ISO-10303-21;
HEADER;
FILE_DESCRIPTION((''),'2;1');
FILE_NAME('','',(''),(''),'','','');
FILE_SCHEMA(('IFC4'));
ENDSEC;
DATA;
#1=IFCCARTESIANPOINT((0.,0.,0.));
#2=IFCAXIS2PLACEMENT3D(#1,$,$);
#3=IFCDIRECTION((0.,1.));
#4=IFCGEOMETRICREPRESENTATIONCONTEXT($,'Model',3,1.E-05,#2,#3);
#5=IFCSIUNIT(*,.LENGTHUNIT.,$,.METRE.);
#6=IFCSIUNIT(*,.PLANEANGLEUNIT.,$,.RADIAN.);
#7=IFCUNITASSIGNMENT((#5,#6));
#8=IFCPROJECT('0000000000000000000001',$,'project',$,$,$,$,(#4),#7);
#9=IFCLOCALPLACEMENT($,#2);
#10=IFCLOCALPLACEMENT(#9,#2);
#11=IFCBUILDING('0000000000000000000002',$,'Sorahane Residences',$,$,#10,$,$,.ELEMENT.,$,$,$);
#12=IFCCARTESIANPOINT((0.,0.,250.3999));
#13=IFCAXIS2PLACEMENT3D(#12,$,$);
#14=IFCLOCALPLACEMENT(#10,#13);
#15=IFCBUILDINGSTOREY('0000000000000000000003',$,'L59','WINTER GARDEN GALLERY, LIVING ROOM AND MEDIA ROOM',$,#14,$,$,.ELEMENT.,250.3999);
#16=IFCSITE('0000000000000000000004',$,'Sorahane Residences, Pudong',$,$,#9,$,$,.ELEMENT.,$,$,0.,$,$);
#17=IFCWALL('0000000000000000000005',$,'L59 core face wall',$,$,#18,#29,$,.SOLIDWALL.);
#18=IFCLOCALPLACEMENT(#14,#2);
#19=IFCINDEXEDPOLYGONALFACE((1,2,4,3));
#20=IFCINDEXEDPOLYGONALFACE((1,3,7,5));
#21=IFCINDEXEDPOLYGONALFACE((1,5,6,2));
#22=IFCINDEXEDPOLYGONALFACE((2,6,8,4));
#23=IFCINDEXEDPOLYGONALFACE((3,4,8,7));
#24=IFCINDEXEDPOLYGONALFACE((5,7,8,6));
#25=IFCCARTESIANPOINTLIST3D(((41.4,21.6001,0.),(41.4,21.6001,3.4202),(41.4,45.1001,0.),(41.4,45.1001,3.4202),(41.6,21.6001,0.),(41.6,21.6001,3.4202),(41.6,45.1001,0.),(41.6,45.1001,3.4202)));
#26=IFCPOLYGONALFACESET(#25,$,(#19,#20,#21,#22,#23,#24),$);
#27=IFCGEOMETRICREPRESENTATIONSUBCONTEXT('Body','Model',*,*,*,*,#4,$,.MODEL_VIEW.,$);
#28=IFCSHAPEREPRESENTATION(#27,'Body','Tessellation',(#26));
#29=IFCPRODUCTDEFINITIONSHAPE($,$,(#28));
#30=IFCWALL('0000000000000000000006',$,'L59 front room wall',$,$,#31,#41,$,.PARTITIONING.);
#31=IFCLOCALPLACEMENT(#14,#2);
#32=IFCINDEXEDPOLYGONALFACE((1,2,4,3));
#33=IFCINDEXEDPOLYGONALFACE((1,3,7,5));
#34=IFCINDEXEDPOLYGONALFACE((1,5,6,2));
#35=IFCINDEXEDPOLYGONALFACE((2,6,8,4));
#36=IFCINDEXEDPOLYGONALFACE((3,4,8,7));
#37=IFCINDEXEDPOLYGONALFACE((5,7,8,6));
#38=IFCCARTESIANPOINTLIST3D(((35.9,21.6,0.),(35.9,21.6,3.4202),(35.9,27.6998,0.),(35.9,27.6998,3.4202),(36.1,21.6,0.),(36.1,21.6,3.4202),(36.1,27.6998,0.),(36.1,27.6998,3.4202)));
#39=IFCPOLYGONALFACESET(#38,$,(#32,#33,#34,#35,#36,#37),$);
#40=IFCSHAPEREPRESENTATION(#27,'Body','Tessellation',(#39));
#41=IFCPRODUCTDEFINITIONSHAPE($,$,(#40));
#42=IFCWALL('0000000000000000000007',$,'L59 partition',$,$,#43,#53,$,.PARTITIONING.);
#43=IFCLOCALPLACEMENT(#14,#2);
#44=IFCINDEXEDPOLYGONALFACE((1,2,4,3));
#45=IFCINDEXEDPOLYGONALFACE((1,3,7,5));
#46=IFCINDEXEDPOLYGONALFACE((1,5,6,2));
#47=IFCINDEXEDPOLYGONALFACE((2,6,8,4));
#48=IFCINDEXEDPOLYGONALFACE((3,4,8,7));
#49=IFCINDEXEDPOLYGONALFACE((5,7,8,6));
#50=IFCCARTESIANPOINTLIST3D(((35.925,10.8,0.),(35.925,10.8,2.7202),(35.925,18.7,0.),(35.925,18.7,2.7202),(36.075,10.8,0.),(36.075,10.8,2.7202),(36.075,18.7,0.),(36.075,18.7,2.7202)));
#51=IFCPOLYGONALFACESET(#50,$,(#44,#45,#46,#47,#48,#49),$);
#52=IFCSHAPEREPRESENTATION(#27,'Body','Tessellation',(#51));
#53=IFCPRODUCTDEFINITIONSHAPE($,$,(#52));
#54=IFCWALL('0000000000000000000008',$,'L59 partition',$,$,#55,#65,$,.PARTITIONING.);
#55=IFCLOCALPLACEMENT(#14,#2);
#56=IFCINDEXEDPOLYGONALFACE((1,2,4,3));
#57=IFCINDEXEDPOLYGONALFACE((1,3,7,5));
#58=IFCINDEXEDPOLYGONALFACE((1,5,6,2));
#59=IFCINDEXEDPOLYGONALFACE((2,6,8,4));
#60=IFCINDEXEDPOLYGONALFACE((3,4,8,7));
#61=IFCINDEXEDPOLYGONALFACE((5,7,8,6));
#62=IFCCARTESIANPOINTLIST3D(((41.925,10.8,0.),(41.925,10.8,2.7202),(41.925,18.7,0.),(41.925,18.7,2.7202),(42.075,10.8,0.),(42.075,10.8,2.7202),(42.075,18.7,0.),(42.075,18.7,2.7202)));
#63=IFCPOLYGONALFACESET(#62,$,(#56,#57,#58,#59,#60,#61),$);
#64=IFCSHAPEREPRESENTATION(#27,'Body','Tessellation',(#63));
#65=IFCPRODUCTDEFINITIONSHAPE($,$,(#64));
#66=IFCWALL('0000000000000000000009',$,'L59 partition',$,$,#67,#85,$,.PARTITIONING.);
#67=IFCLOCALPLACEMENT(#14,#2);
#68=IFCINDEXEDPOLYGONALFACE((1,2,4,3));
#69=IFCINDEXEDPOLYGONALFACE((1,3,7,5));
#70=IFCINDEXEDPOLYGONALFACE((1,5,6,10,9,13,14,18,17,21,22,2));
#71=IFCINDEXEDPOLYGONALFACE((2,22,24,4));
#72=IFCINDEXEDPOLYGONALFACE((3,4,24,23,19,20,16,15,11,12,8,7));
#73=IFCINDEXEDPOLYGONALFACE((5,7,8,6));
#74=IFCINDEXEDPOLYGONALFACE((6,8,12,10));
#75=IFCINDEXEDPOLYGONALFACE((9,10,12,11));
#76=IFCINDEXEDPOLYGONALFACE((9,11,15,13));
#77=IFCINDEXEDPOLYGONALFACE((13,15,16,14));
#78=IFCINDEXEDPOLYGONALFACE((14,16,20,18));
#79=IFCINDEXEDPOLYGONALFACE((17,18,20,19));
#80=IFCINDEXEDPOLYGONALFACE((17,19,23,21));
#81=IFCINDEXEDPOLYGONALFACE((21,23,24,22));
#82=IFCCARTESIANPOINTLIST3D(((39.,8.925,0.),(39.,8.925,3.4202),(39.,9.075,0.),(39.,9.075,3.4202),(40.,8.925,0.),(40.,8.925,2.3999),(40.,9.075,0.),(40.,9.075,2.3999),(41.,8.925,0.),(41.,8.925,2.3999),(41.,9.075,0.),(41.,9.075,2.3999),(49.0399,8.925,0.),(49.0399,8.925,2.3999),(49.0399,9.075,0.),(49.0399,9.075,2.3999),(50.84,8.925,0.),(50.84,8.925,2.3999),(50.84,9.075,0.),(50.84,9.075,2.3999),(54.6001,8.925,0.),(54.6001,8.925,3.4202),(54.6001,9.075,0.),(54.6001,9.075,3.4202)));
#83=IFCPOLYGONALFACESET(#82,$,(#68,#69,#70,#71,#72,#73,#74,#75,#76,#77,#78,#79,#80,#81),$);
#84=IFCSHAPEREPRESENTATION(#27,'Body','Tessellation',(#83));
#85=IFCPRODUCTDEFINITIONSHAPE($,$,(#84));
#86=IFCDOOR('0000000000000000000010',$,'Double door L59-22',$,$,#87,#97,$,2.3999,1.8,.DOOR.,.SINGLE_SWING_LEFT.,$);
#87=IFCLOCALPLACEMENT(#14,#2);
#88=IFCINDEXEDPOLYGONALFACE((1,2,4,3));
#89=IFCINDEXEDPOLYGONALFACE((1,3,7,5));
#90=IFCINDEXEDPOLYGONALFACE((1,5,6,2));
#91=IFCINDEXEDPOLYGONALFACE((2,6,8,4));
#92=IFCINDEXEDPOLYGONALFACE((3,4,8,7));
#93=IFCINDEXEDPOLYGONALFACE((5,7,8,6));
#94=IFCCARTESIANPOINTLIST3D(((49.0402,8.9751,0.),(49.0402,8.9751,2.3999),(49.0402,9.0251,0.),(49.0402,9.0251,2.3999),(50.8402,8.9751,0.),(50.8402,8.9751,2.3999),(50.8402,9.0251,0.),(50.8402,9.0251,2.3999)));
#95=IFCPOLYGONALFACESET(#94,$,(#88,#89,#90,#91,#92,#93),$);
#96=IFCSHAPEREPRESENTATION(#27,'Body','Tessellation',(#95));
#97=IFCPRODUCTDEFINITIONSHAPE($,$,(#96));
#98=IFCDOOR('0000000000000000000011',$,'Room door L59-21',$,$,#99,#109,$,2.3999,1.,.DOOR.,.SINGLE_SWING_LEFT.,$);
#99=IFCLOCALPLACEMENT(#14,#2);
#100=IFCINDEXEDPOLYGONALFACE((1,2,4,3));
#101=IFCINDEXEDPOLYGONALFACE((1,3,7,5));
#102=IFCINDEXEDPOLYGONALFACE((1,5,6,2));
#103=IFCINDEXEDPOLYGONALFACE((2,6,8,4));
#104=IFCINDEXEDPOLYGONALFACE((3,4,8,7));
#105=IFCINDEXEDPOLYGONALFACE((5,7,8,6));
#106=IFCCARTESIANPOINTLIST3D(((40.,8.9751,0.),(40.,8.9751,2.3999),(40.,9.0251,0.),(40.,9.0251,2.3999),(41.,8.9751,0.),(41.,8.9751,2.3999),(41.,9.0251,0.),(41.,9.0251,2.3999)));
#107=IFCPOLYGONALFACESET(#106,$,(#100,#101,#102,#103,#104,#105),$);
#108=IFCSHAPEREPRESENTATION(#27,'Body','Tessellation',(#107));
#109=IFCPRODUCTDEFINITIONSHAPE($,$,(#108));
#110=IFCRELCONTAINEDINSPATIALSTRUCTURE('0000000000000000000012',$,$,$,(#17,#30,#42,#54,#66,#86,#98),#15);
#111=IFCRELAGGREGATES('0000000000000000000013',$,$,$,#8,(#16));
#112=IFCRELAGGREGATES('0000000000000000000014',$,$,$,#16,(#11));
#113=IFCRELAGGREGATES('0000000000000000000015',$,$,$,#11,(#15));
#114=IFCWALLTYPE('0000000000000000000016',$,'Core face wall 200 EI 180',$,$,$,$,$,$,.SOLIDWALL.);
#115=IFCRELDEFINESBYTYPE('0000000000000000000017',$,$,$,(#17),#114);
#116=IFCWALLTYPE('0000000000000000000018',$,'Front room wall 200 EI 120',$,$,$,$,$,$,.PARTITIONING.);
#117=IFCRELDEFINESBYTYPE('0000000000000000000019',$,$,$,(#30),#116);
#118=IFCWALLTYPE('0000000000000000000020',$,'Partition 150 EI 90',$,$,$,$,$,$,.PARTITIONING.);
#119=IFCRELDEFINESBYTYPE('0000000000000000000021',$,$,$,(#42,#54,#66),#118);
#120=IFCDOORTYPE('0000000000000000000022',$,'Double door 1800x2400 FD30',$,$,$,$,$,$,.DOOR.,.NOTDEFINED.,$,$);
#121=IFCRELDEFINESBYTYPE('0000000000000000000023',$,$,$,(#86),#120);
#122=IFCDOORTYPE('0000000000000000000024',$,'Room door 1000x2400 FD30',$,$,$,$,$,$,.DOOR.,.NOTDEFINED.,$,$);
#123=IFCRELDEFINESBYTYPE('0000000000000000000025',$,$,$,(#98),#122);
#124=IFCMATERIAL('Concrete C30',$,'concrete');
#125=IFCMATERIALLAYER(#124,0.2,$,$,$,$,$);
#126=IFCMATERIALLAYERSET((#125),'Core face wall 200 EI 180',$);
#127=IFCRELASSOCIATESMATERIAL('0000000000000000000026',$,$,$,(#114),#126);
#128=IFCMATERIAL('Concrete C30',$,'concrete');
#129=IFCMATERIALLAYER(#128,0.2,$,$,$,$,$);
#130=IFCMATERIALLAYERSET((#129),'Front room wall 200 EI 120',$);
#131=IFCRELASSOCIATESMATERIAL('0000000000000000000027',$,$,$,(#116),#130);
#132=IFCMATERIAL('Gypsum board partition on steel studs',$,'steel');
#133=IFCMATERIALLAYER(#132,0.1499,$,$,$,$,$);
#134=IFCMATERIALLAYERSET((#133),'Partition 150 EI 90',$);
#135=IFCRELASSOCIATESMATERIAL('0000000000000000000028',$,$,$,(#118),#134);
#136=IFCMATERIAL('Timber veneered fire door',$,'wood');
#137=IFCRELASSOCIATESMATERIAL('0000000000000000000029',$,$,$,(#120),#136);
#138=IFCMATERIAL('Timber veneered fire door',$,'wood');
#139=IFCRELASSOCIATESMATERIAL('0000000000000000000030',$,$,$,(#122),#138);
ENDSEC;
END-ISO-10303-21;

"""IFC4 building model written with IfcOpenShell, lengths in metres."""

from ifc_helpers import new_model, si_unit, direction, frame, frame_2d, origin, place, context, subcontext, project, spatial, rectangle, extrude, material, layer, layer_set, type_object, element, fill, save


model = new_model("IFC4")

# Units and contexts
model_context = context("Model", 3, precision=1e-05, world=origin(), true_north=direction((0.0, 1.0)))
body_context = subcontext(model_context, "Body", "Model", "MODEL_VIEW")
ifc_project = project(units=[si_unit("LENGTHUNIT", "METRE"), si_unit("PLANEANGLEUNIT", "RADIAN")], contexts=[model_context])

# Site, building, storey
site_placement = place(None, origin())
site = spatial("IfcSite", under=ifc_project, at=site_placement, Name="Sorahane Residences, Pudong", CompositionType="ELEMENT", RefElevation=0.0)
building_placement = place(site_placement, origin())
building = spatial("IfcBuilding", under=site, at=building_placement, Name="Sorahane Residences", CompositionType="ELEMENT")
storey_placement = place(building_placement, frame((0.0, 0.0, 250.3999)))
storey = spatial("IfcBuildingStorey", under=building, at=storey_placement, Name="L59", Description="WINTER GARDEN GALLERY, LIVING ROOM AND MEDIA ROOM", CompositionType="ELEMENT", Elevation=250.3999)

# Walls
ifc_material_1 = material(Name="Concrete C30", Category="concrete")
ifc_layer_1 = layer(ifc_material_1, 0.2)
ifc_layer_set_1 = layer_set([ifc_layer_1], Name="Core face wall 200 EI 180")
wall_type_1 = type_object("IfcWallType", Name="Core face wall 200 EI 180", PredefinedType="SOLIDWALL", material=ifc_layer_set_1)
wall_1_placement = place(storey_placement, frame((41.5, 21.6001, 0.0), z_axis=(0.0, 0.0, 1.0), x_axis=(0.0, 1.0, 0.0)))
element("IfcWall", 1, at=wall_1_placement, inside=storey, type_object=wall_type_1, Name="L59 core face wall", PredefinedType="SOLIDWALL", context=body_context, shape_type="SweptSolid", body=[
    extrude(rectangle(XDim=23.5, YDim=0.2, at=frame_2d((11.75, 0.0))), origin(), (0.0, 0.0, 1.0), 3.4202),
])
ifc_material_2 = material(Name="Concrete C30", Category="concrete")
ifc_layer_2 = layer(ifc_material_2, 0.2)
ifc_layer_set_2 = layer_set([ifc_layer_2], Name="Front room wall 200 EI 120")
wall_type_2 = type_object("IfcWallType", Name="Front room wall 200 EI 120", PredefinedType="PARTITIONING", material=ifc_layer_set_2)
wall_2_placement = place(storey_placement, frame((36.0, 21.6001, 0.0), z_axis=(0.0, 0.0, 1.0), x_axis=(0.0, 1.0, 0.0)))
element("IfcWall", 2, at=wall_2_placement, inside=storey, type_object=wall_type_2, Name="L59 front room wall", PredefinedType="PARTITIONING", context=body_context, shape_type="SweptSolid", body=[
    extrude(rectangle(XDim=6.0999, YDim=0.2, at=frame_2d((3.0498, 0.0))), origin(), (0.0, 0.0, 1.0), 3.4202),
])
ifc_material_3 = material(Name="Gypsum board partition on steel studs", Category="steel")
ifc_layer_3 = layer(ifc_material_3, 0.1499)
ifc_layer_set_3 = layer_set([ifc_layer_3], Name="Partition 150 EI 90")
wall_type_3 = type_object("IfcWallType", Name="Partition 150 EI 90", PredefinedType="PARTITIONING", material=ifc_layer_set_3)
for number, where, z_axis, x_axis, name in (
    (3, (36.0, 10.8, 0.0), (0.0, 0.0, 1.0), (0.0, 1.0, 0.0), "L59 partition"),
    (4, (42.0, 10.8, 0.0), (0.0, 0.0, 1.0), (0.0, 1.0, 0.0), "L59 partition"),
):
    element("IfcWall", number, at=place(storey_placement, frame(where, z_axis=z_axis, x_axis=x_axis)), inside=storey, type_object=wall_type_3, Name=name, PredefinedType="PARTITIONING", context=body_context, shape_type="SweptSolid", body=[
        extrude(rectangle(XDim=7.8999, YDim=0.1499, at=frame_2d((3.95, 0.0))), origin(), (0.0, 0.0, 1.0), 2.7202),
    ])

# Wall, openings, doors
wall_3_placement = place(storey_placement, frame((39.0, 9.0, 0.0), z_axis=(0.0, 0.0, 1.0), x_axis=(1.0, 0.0, 0.0)))
wall_3 = element("IfcWall", 5, at=wall_3_placement, inside=storey, type_object=wall_type_3, Name="L59 partition", PredefinedType="PARTITIONING", context=body_context, shape_type="SweptSolid", body=[
    extrude(rectangle(XDim=15.6001, YDim=0.1499, at=frame_2d((7.8, 0.0))), origin(), (0.0, 0.0, 1.0), 3.4202),
])
opening_1_placement = place(wall_3_placement, frame((1.0, 0.0, 0.0)))
opening_1 = element("IfcOpeningElement", 6, at=opening_1_placement, cuts=wall_3, PredefinedType="OPENING", context=body_context, shape_type="SweptSolid", body=[
    extrude(rectangle(XDim=1.0, YDim=2.3999, at=frame_2d((0.5, 1.2))), frame((0.0, 0.085, 0.0), z_axis=(0.0, -1.0, 0.0), x_axis=(1.0, 0.0, 0.0)), (0.0, 0.0, 1.0), 0.1699),
])
opening_2_placement = place(wall_3_placement, frame((10.04, 0.0, 0.0)))
opening_2 = element("IfcOpeningElement", 7, at=opening_2_placement, cuts=wall_3, PredefinedType="OPENING", context=body_context, shape_type="SweptSolid", body=[
    extrude(rectangle(XDim=1.8, YDim=2.3999, at=frame_2d((0.8999, 1.2))), frame((0.0, 0.085, 0.0), z_axis=(0.0, -1.0, 0.0), x_axis=(1.0, 0.0, 0.0)), (0.0, 0.0, 1.0), 0.1699),
])
ifc_material_4 = material(Name="Timber veneered fire door", Category="wood")
door_type_1 = type_object("IfcDoorType", Name="Double door 1800x2400 FD30", OperationType="NOTDEFINED", PredefinedType="DOOR", material=ifc_material_4)
door_1_placement = place(opening_2_placement, frame((1.8, 0.0, 0.0), z_axis=(0.0, 0.0, 1.0), x_axis=(-1.0, 0.0, 0.0)))
door_1 = element("IfcDoor", 8, at=door_1_placement, inside=storey, type_object=door_type_1, Name="Double door L59-22", OperationType="SINGLE_SWING_LEFT", OverallHeight=2.3999, OverallWidth=1.8, PredefinedType="DOOR", context=body_context, shape_type="SweptSolid", body=[
    extrude(rectangle(XDim=1.8, YDim=2.3999, at=frame_2d((0.8999, 1.2))), frame((0.0, 0.0249, 0.0), z_axis=(0.0, -1.0, 0.0), x_axis=(1.0, 0.0, 0.0)), (0.0, 0.0, 1.0), 0.05),
])
fill(opening_2, door_1)
ifc_material_5 = material(Name="Timber veneered fire door", Category="wood")
door_type_2 = type_object("IfcDoorType", Name="Room door 1000x2400 FD30", OperationType="NOTDEFINED", PredefinedType="DOOR", material=ifc_material_5)
door_2_placement = place(opening_1_placement, frame((1.0, 0.0, 0.0), z_axis=(0.0, 0.0, 1.0), x_axis=(-1.0, 0.0, 0.0)))
door_2 = element("IfcDoor", 9, at=door_2_placement, inside=storey, type_object=door_type_2, Name="Room door L59-21", OperationType="SINGLE_SWING_LEFT", OverallHeight=2.3999, OverallWidth=1.0, PredefinedType="DOOR", context=body_context, shape_type="SweptSolid", body=[
    extrude(rectangle(XDim=1.0, YDim=2.3999, at=frame_2d((0.5, 1.2))), frame((0.0, 0.0249, 0.0), z_axis=(0.0, -1.0, 0.0), x_axis=(1.0, 0.0, 0.0)), (0.0, 0.0, 1.0), 0.05),
])
fill(opening_1, door_2)

save(model, "model.ifc")
